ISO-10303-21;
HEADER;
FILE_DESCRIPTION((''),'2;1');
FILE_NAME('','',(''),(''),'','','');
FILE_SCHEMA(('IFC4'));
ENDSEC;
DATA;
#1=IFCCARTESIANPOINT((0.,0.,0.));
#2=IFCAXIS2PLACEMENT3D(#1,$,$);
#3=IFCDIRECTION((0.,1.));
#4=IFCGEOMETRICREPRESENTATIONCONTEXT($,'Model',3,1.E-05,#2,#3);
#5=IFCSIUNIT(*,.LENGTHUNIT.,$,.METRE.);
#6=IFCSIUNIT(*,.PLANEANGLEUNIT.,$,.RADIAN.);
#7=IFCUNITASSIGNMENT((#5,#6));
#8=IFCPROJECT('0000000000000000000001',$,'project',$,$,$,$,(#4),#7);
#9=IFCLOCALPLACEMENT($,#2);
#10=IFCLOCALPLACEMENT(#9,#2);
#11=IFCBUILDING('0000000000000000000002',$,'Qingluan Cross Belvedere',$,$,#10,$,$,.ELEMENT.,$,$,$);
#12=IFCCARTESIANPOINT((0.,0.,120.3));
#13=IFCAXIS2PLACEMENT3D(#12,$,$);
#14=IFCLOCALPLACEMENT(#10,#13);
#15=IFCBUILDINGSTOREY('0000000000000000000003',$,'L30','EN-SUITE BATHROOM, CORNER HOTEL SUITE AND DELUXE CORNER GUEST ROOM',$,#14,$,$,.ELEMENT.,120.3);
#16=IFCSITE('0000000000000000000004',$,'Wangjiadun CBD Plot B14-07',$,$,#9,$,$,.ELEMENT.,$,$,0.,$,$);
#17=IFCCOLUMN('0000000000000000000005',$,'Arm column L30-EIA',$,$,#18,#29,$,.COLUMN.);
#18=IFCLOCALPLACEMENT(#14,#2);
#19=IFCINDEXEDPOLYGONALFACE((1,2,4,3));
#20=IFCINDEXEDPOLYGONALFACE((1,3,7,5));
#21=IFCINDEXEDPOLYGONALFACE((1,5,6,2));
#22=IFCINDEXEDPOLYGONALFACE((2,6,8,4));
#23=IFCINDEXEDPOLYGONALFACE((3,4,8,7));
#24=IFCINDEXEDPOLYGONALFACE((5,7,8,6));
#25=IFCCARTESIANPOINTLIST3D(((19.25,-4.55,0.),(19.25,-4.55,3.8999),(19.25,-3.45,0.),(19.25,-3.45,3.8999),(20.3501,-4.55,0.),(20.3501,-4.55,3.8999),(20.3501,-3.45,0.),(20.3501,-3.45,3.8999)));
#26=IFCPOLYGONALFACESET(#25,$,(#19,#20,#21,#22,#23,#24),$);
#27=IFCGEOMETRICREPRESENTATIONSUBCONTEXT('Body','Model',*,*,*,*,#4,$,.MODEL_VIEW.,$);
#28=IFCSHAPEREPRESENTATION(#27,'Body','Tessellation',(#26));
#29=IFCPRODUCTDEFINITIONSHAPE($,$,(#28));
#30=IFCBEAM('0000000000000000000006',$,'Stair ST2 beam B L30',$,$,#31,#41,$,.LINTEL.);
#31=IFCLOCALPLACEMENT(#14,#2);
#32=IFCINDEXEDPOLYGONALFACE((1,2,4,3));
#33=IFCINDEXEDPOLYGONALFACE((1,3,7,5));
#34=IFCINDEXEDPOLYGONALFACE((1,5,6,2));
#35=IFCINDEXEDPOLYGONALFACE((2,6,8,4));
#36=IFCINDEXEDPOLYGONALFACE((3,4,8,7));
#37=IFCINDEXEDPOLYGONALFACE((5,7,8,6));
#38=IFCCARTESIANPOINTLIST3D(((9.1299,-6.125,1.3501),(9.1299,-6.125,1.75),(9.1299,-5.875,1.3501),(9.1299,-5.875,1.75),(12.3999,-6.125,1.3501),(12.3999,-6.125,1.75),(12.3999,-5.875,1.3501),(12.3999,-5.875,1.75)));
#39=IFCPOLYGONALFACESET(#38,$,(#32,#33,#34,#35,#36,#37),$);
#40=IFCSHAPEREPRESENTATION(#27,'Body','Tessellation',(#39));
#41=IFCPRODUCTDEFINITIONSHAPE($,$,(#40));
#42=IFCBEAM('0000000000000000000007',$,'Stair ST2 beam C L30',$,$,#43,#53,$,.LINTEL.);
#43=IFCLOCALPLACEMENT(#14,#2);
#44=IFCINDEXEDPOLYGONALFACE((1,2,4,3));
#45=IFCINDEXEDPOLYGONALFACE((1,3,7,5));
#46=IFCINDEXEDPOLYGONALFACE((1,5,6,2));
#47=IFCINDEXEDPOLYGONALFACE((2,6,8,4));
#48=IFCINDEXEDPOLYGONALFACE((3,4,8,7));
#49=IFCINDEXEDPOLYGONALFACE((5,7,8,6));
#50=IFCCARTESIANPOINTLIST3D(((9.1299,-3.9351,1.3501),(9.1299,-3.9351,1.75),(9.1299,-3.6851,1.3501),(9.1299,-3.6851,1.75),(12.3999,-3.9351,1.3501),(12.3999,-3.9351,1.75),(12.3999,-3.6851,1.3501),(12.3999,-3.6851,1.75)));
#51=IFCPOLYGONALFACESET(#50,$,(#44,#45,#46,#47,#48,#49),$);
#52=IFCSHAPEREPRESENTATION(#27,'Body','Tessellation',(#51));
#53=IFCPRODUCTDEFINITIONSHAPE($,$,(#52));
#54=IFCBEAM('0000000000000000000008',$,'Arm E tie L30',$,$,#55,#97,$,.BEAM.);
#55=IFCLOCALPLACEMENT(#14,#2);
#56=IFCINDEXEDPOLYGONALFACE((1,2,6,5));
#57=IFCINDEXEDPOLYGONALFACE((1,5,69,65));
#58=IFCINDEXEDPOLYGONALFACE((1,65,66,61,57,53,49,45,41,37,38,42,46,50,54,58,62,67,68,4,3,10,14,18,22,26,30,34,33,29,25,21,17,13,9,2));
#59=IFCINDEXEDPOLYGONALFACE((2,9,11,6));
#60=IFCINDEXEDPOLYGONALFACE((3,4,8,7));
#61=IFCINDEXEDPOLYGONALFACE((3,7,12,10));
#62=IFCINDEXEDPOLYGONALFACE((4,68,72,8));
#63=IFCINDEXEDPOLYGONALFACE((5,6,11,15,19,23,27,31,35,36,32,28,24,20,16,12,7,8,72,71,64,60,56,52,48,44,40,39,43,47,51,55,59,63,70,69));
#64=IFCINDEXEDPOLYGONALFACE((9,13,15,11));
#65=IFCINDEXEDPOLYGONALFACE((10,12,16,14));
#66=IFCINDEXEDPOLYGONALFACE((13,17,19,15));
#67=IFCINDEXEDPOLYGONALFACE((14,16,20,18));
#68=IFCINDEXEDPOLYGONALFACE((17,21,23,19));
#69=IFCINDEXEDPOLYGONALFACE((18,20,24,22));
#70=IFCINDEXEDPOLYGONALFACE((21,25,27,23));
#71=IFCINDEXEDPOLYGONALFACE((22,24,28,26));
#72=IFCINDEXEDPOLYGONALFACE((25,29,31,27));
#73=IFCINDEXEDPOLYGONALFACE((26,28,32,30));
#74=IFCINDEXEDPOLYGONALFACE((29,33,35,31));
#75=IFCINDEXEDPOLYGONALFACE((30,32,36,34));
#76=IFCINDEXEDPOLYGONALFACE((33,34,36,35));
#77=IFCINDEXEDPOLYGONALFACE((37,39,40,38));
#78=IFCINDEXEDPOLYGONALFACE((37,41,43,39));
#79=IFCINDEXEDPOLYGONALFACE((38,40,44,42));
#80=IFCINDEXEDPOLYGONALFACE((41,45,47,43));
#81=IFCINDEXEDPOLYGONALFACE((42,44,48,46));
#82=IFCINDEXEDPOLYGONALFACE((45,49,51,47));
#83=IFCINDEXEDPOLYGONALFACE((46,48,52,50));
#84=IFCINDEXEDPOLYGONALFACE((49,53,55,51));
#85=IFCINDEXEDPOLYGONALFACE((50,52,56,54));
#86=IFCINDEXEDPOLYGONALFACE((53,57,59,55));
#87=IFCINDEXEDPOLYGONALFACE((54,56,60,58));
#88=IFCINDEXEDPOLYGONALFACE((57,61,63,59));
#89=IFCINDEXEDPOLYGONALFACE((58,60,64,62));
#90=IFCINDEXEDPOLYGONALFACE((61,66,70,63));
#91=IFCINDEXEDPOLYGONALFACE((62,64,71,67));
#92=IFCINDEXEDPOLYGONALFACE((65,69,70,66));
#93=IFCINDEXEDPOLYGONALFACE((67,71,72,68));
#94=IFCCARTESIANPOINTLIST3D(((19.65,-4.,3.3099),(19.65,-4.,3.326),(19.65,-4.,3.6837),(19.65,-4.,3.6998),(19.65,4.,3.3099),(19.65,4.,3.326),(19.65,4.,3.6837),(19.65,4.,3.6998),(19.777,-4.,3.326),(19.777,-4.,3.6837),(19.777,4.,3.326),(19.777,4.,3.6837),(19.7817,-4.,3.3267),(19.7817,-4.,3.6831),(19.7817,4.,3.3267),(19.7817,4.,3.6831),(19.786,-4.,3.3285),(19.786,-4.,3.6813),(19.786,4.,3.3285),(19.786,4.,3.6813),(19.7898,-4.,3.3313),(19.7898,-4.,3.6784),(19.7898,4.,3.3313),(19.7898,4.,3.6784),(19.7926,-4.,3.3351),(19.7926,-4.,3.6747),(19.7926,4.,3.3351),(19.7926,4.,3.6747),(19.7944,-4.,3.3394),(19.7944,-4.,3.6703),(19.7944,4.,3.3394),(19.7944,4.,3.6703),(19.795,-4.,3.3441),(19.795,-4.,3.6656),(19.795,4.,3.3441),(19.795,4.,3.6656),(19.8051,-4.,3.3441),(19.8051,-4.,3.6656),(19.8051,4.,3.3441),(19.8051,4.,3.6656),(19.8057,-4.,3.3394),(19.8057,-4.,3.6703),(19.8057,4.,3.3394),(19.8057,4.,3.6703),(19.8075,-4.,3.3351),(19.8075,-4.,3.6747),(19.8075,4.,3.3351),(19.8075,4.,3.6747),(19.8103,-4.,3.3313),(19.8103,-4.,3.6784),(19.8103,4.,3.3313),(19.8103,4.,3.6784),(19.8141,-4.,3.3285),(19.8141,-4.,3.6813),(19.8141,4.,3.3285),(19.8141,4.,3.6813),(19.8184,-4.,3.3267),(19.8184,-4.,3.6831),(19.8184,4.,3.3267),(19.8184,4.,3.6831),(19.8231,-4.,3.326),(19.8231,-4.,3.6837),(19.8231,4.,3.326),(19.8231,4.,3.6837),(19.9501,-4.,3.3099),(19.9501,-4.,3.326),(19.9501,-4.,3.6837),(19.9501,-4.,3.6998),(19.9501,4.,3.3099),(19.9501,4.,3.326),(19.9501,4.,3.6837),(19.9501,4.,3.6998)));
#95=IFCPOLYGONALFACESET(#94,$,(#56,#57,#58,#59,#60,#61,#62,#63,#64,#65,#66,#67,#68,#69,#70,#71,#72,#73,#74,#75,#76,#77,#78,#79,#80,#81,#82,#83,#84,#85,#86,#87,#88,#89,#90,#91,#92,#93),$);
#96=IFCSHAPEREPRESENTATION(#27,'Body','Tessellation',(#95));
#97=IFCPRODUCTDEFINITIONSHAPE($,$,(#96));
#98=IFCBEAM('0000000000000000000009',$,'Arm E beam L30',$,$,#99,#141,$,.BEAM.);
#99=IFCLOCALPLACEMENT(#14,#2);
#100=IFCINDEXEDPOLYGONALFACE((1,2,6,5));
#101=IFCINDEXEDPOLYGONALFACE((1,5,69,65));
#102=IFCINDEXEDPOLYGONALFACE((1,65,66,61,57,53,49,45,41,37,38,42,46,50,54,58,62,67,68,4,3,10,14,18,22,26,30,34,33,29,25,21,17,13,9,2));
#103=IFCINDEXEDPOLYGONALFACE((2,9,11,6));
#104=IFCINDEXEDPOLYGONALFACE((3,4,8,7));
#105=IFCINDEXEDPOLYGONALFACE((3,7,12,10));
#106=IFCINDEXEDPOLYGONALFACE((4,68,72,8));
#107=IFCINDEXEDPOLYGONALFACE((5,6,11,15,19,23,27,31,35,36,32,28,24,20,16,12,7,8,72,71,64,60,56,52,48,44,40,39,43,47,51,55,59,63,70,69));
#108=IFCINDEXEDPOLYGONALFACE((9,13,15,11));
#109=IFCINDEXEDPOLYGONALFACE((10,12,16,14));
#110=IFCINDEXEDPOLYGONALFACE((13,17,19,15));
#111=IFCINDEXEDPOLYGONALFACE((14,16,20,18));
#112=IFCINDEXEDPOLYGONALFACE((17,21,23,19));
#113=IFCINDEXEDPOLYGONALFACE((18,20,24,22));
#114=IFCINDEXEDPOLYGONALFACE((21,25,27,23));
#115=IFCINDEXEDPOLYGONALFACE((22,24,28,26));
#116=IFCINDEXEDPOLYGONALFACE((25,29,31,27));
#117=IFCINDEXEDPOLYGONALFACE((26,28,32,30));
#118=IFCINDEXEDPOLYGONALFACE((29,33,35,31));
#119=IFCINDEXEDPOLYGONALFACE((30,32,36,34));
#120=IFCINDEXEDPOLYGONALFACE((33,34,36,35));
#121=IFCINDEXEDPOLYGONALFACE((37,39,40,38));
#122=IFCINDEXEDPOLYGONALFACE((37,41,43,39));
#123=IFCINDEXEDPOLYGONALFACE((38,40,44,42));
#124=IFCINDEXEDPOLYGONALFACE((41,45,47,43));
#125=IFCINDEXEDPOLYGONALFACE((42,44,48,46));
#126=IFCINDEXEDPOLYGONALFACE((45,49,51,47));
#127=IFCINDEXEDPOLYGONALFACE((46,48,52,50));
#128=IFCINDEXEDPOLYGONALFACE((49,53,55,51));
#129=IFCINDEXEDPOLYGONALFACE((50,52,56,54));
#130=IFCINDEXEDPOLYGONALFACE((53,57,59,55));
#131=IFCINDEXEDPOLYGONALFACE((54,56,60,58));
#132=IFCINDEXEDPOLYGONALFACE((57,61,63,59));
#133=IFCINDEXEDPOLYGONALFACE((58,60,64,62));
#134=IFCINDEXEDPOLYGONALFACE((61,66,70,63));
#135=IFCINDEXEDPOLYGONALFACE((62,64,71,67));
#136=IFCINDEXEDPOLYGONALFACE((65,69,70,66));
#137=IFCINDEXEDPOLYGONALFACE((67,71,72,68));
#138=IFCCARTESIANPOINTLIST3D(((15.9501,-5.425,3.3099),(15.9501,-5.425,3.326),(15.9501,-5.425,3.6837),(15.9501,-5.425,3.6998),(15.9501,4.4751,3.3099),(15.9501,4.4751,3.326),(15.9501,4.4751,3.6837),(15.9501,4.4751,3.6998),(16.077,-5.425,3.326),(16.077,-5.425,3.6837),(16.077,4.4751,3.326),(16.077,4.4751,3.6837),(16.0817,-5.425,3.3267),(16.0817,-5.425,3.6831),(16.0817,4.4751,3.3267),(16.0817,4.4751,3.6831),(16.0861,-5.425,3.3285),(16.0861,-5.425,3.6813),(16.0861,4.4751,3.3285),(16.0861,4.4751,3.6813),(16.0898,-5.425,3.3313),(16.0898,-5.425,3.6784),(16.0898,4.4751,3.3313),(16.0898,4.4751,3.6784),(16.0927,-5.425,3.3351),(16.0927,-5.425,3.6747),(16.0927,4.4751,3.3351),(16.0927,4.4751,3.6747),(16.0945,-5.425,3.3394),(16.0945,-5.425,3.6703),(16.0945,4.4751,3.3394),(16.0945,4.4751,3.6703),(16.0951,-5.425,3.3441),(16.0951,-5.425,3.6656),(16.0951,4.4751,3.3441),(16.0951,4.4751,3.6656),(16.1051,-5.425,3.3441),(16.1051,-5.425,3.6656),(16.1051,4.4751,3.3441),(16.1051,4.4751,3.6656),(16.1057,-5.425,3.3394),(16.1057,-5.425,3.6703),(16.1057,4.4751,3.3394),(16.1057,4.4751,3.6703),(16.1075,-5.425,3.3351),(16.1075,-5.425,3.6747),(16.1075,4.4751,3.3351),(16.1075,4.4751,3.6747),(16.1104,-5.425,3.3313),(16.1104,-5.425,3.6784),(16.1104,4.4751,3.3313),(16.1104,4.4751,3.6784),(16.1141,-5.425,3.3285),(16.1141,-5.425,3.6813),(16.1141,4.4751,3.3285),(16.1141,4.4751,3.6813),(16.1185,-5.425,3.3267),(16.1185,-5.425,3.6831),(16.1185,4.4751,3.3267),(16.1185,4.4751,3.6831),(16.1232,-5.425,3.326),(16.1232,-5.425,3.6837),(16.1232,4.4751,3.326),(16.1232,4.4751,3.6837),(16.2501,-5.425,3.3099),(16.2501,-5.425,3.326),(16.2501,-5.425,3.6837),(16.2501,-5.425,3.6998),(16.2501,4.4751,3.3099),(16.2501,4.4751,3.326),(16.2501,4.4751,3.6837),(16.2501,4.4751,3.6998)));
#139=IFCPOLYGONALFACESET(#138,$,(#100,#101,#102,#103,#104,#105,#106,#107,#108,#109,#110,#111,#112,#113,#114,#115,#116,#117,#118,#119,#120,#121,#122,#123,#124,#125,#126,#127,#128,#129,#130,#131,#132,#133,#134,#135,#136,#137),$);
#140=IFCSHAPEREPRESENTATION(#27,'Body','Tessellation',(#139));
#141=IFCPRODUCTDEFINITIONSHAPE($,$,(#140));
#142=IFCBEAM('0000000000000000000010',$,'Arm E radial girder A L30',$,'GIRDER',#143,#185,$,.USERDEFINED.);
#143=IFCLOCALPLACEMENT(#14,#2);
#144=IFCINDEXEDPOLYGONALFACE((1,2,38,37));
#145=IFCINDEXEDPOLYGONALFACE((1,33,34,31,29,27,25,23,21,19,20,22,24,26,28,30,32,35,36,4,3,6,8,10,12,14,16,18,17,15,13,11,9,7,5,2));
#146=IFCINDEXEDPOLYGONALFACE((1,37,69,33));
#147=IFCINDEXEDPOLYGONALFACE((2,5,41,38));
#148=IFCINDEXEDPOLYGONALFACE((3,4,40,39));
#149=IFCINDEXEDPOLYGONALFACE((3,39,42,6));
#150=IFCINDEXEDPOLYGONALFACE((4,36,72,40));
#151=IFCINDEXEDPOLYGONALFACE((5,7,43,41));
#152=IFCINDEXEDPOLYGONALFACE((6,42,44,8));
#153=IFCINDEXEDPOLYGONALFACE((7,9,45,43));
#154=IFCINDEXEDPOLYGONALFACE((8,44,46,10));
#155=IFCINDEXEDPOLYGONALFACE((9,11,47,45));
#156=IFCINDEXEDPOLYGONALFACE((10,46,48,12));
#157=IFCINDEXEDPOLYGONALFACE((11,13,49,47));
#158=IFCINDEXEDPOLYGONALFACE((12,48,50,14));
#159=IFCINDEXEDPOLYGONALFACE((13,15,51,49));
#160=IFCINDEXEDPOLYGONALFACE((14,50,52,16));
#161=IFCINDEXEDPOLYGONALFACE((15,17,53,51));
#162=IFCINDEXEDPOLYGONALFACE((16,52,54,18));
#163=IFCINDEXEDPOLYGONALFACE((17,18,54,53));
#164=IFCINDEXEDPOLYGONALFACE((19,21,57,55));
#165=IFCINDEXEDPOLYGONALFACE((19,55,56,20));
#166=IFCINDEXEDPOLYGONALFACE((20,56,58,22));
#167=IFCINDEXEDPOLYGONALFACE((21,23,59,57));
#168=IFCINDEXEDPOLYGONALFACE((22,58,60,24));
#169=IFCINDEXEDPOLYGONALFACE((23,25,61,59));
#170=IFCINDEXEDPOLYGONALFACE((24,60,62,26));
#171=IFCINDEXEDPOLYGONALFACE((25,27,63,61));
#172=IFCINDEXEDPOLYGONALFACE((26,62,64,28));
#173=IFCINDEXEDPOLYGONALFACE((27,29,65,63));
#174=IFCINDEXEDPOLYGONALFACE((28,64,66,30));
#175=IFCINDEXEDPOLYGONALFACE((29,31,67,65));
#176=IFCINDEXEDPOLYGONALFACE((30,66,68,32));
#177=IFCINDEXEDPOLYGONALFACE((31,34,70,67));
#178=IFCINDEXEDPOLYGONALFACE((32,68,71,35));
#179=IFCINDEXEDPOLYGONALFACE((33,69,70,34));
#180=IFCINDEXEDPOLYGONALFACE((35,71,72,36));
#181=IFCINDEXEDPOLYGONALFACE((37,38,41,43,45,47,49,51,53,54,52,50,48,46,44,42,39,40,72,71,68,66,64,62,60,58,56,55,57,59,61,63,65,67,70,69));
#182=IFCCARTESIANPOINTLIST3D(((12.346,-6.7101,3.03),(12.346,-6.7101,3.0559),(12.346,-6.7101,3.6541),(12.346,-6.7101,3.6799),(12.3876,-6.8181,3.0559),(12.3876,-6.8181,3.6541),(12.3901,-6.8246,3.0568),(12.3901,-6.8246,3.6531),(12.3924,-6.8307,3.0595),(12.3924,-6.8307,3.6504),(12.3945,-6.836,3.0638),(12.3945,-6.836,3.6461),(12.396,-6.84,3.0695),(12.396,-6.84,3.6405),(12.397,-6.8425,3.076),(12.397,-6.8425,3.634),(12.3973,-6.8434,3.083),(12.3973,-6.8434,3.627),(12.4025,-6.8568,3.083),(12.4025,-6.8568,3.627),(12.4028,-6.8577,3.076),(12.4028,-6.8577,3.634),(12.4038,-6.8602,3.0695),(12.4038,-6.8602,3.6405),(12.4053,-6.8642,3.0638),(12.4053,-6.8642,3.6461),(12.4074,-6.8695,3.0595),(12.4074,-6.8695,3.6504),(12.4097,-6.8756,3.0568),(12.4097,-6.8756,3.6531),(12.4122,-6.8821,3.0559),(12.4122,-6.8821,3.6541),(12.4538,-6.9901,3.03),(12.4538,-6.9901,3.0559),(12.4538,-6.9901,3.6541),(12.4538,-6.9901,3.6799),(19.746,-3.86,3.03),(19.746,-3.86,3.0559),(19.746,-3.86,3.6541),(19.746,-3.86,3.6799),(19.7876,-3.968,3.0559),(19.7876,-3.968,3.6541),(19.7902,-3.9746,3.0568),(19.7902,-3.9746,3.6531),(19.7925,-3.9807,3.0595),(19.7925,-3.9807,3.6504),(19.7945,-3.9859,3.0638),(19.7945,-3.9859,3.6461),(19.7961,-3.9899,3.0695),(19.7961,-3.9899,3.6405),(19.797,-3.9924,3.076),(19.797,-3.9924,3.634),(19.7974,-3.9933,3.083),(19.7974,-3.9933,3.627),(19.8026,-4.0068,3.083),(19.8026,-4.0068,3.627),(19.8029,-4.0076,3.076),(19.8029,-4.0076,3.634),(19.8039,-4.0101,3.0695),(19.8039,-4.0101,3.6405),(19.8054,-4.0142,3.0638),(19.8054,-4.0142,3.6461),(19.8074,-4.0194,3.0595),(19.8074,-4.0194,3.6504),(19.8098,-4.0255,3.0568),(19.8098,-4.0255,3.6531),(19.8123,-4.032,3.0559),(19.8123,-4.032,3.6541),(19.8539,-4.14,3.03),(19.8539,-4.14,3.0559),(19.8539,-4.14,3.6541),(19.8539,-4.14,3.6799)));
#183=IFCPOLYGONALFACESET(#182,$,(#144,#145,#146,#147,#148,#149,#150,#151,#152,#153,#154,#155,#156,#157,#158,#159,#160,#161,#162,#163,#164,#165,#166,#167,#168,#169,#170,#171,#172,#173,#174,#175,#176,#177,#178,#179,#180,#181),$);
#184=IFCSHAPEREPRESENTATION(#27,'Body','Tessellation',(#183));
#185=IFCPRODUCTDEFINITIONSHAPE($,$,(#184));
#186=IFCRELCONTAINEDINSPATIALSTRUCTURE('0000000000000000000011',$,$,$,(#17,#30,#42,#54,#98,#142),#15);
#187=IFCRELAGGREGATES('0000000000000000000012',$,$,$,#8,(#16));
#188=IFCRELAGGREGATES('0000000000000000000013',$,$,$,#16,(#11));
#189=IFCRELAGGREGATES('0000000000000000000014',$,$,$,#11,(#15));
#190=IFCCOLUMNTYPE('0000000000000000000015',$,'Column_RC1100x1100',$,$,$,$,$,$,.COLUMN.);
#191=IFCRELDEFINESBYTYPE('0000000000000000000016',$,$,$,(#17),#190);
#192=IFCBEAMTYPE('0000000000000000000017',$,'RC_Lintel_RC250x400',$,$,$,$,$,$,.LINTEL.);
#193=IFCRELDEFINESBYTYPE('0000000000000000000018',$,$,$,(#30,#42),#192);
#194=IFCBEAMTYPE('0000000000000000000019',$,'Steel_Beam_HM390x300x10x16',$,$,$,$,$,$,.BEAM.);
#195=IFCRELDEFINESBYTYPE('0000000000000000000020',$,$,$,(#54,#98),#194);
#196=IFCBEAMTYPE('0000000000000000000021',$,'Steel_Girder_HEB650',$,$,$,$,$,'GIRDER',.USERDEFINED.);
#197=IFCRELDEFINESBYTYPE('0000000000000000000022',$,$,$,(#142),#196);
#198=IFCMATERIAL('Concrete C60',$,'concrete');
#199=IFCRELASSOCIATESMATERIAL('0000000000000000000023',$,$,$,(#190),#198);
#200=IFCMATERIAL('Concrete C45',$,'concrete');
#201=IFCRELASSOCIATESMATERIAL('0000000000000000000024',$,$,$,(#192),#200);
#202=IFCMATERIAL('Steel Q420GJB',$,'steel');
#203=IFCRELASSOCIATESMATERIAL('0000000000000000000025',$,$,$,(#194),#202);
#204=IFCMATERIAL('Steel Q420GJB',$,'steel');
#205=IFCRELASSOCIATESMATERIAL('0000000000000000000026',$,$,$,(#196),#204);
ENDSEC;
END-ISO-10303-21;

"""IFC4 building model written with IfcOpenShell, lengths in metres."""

from ifc_helpers import new_model, si_unit, direction, frame, origin, origin_2d, place, context, subcontext, project, spatial, rectangle, i_section, extrude, material, material_profile, profile_set, type_object, element, save


model = new_model("IFC4")

# Units and contexts
model_context = context("Model", 3, precision=1e-05, world=origin(), true_north=direction((0.0, 1.0)))
body_context = subcontext(model_context, "Body", "Model", "MODEL_VIEW")
ifc_project = project(units=[si_unit("LENGTHUNIT", "METRE"), si_unit("PLANEANGLEUNIT", "RADIAN")], contexts=[model_context])

# Site, building, storey
site_placement = place(None, origin())
site = spatial("IfcSite", under=ifc_project, at=site_placement, Name="Wangjiadun CBD Plot B14-07", CompositionType="ELEMENT", RefElevation=0.0)
building_placement = place(site_placement, origin())
building = spatial("IfcBuilding", under=site, at=building_placement, Name="Qingluan Cross Belvedere", CompositionType="ELEMENT")
storey_placement = place(building_placement, frame((0.0, 0.0, 120.3)))
storey = spatial("IfcBuildingStorey", under=building, at=storey_placement, Name="L30", Description="EN-SUITE BATHROOM, CORNER HOTEL SUITE AND DELUXE CORNER GUEST ROOM", CompositionType="ELEMENT", Elevation=120.3)

# Column
ifc_material_1 = material(Name="Concrete C60", Category="concrete")
ifc_material_profile_1 = material_profile(ifc_material_1, rectangle(XDim=1.1001, YDim=1.1001, at=origin_2d()), Name="RC1100x1100")
ifc_profile_set_1 = profile_set([ifc_material_profile_1], Name="Concrete C60")
column_type = type_object("IfcColumnType", Name="Column_RC1100x1100", PredefinedType="COLUMN", material=ifc_profile_set_1)
column_placement = place(storey_placement, frame((19.8, -4.0, 0.0), z_axis=(0.0, 0.0, 1.0), x_axis=(1.0, 0.0, 0.0)))
element("IfcColumn", 1, at=column_placement, inside=storey, type_object=column_type, Name="Arm column L30-EIA", PredefinedType="COLUMN", context=body_context, shape_type="SweptSolid", body=[
    extrude(rectangle(XDim=1.1001, YDim=1.1001, at=origin_2d()), origin(), (0.0, 0.0, 1.0), 3.8999),
])

# Beams
ifc_material_2 = material(Name="Concrete C45", Category="concrete")
ifc_material_profile_2 = material_profile(ifc_material_2, rectangle(XDim=0.25, YDim=0.3999, at=origin_2d()), Name="RC250x400")
ifc_profile_set_2 = profile_set([ifc_material_profile_2], Name="Concrete C45")
beam_type_1 = type_object("IfcBeamType", Name="RC_Lintel_RC250x400", PredefinedType="LINTEL", material=ifc_profile_set_2)
for number, where, z_axis, x_axis, name in (
    (2, (12.3999, -6.0, 1.55), (-1.0, 0.0, 0.0), (0.0, -1.0, 0.0), "Stair ST2 beam B L30"),
    (3, (12.3999, -3.8101, 1.55), (-1.0, 0.0, 0.0), (0.0, -1.0, 0.0), "Stair ST2 beam C L30"),
):
    element("IfcBeam", number, at=place(storey_placement, frame(where, z_axis=z_axis, x_axis=x_axis)), inside=storey, type_object=beam_type_1, Name=name, PredefinedType="LINTEL", context=body_context, shape_type="SweptSolid", body=[
        extrude(rectangle(XDim=0.25, YDim=0.3999, at=origin_2d()), origin(), (0.0, 0.0, 1.0), 3.27),
    ])
ifc_material_3 = material(Name="Steel Q420GJB", Category="steel")
ifc_material_profile_3 = material_profile(ifc_material_3, i_section(OverallWidth=0.3, OverallDepth=0.3899, WebThickness=0.01, FlangeThickness=0.0161, FilletRadius=0.0181, at=origin_2d()), Name="HM390x300x10x16")
ifc_profile_set_3 = profile_set([ifc_material_profile_3], Name="Steel Q420GJB")
beam_type_2 = type_object("IfcBeamType", Name="Steel_Beam_HM390x300x10x16", PredefinedType="BEAM", material=ifc_profile_set_3)
beam_1_placement = place(storey_placement, frame((19.8, -4.0, 3.5049), z_axis=(0.0, 1.0, 0.0), x_axis=(-1.0, 0.0, 0.0)))
element("IfcBeam", 4, at=beam_1_placement, inside=storey, type_object=beam_type_2, Name="Arm E tie L30", PredefinedType="BEAM", context=body_context, shape_type="SweptSolid", body=[
    extrude(i_section(OverallWidth=0.3, OverallDepth=0.3899, WebThickness=0.01, FlangeThickness=0.0161, FilletRadius=0.0181, at=origin_2d()), origin(), (0.0, 0.0, 1.0), 8.0),
])
beam_2_placement = place(storey_placement, frame((16.1001, -5.425, 3.5049), z_axis=(0.0, 1.0, 0.0), x_axis=(-1.0, 0.0, 0.0)))
element("IfcBeam", 5, at=beam_2_placement, inside=storey, type_object=beam_type_2, Name="Arm E beam L30", PredefinedType="BEAM", context=body_context, shape_type="SweptSolid", body=[
    extrude(i_section(OverallWidth=0.3, OverallDepth=0.3899, WebThickness=0.01, FlangeThickness=0.0161, FilletRadius=0.0181, at=origin_2d()), origin(), (0.0, 0.0, 1.0), 9.9001),
])
ifc_material_4 = material(Name="Steel Q420GJB", Category="steel")
ifc_material_profile_4 = material_profile(ifc_material_4, i_section(OverallWidth=0.3, OverallDepth=0.6499, WebThickness=0.0144, FlangeThickness=0.0259, FilletRadius=0.0271, at=origin_2d()), Name="HEB650")
ifc_profile_set_4 = profile_set([ifc_material_profile_4], Name="Steel Q420GJB")
beam_type_3 = type_object("IfcBeamType", Name="Steel_Girder_HEB650", ElementType="GIRDER", PredefinedType="USERDEFINED", material=ifc_profile_set_4)
beam_3_placement = place(storey_placement, frame((12.3999, -6.8501, 3.355), z_axis=(0.933181, 0.359406, 0.0), x_axis=(-0.359406, 0.933181, 0.0)))
element("IfcBeam", 6, at=beam_3_placement, inside=storey, type_object=beam_type_3, Name="Arm E radial girder A L30", ObjectType="GIRDER", PredefinedType="USERDEFINED", context=body_context, shape_type="SweptSolid", body=[
    extrude(i_section(OverallWidth=0.3, OverallDepth=0.6499, WebThickness=0.0144, FlangeThickness=0.0259, FilletRadius=0.0271, at=origin_2d()), origin(), (0.0, 0.0, 1.0), 7.9299),
])

save(model, "model.ifc")
